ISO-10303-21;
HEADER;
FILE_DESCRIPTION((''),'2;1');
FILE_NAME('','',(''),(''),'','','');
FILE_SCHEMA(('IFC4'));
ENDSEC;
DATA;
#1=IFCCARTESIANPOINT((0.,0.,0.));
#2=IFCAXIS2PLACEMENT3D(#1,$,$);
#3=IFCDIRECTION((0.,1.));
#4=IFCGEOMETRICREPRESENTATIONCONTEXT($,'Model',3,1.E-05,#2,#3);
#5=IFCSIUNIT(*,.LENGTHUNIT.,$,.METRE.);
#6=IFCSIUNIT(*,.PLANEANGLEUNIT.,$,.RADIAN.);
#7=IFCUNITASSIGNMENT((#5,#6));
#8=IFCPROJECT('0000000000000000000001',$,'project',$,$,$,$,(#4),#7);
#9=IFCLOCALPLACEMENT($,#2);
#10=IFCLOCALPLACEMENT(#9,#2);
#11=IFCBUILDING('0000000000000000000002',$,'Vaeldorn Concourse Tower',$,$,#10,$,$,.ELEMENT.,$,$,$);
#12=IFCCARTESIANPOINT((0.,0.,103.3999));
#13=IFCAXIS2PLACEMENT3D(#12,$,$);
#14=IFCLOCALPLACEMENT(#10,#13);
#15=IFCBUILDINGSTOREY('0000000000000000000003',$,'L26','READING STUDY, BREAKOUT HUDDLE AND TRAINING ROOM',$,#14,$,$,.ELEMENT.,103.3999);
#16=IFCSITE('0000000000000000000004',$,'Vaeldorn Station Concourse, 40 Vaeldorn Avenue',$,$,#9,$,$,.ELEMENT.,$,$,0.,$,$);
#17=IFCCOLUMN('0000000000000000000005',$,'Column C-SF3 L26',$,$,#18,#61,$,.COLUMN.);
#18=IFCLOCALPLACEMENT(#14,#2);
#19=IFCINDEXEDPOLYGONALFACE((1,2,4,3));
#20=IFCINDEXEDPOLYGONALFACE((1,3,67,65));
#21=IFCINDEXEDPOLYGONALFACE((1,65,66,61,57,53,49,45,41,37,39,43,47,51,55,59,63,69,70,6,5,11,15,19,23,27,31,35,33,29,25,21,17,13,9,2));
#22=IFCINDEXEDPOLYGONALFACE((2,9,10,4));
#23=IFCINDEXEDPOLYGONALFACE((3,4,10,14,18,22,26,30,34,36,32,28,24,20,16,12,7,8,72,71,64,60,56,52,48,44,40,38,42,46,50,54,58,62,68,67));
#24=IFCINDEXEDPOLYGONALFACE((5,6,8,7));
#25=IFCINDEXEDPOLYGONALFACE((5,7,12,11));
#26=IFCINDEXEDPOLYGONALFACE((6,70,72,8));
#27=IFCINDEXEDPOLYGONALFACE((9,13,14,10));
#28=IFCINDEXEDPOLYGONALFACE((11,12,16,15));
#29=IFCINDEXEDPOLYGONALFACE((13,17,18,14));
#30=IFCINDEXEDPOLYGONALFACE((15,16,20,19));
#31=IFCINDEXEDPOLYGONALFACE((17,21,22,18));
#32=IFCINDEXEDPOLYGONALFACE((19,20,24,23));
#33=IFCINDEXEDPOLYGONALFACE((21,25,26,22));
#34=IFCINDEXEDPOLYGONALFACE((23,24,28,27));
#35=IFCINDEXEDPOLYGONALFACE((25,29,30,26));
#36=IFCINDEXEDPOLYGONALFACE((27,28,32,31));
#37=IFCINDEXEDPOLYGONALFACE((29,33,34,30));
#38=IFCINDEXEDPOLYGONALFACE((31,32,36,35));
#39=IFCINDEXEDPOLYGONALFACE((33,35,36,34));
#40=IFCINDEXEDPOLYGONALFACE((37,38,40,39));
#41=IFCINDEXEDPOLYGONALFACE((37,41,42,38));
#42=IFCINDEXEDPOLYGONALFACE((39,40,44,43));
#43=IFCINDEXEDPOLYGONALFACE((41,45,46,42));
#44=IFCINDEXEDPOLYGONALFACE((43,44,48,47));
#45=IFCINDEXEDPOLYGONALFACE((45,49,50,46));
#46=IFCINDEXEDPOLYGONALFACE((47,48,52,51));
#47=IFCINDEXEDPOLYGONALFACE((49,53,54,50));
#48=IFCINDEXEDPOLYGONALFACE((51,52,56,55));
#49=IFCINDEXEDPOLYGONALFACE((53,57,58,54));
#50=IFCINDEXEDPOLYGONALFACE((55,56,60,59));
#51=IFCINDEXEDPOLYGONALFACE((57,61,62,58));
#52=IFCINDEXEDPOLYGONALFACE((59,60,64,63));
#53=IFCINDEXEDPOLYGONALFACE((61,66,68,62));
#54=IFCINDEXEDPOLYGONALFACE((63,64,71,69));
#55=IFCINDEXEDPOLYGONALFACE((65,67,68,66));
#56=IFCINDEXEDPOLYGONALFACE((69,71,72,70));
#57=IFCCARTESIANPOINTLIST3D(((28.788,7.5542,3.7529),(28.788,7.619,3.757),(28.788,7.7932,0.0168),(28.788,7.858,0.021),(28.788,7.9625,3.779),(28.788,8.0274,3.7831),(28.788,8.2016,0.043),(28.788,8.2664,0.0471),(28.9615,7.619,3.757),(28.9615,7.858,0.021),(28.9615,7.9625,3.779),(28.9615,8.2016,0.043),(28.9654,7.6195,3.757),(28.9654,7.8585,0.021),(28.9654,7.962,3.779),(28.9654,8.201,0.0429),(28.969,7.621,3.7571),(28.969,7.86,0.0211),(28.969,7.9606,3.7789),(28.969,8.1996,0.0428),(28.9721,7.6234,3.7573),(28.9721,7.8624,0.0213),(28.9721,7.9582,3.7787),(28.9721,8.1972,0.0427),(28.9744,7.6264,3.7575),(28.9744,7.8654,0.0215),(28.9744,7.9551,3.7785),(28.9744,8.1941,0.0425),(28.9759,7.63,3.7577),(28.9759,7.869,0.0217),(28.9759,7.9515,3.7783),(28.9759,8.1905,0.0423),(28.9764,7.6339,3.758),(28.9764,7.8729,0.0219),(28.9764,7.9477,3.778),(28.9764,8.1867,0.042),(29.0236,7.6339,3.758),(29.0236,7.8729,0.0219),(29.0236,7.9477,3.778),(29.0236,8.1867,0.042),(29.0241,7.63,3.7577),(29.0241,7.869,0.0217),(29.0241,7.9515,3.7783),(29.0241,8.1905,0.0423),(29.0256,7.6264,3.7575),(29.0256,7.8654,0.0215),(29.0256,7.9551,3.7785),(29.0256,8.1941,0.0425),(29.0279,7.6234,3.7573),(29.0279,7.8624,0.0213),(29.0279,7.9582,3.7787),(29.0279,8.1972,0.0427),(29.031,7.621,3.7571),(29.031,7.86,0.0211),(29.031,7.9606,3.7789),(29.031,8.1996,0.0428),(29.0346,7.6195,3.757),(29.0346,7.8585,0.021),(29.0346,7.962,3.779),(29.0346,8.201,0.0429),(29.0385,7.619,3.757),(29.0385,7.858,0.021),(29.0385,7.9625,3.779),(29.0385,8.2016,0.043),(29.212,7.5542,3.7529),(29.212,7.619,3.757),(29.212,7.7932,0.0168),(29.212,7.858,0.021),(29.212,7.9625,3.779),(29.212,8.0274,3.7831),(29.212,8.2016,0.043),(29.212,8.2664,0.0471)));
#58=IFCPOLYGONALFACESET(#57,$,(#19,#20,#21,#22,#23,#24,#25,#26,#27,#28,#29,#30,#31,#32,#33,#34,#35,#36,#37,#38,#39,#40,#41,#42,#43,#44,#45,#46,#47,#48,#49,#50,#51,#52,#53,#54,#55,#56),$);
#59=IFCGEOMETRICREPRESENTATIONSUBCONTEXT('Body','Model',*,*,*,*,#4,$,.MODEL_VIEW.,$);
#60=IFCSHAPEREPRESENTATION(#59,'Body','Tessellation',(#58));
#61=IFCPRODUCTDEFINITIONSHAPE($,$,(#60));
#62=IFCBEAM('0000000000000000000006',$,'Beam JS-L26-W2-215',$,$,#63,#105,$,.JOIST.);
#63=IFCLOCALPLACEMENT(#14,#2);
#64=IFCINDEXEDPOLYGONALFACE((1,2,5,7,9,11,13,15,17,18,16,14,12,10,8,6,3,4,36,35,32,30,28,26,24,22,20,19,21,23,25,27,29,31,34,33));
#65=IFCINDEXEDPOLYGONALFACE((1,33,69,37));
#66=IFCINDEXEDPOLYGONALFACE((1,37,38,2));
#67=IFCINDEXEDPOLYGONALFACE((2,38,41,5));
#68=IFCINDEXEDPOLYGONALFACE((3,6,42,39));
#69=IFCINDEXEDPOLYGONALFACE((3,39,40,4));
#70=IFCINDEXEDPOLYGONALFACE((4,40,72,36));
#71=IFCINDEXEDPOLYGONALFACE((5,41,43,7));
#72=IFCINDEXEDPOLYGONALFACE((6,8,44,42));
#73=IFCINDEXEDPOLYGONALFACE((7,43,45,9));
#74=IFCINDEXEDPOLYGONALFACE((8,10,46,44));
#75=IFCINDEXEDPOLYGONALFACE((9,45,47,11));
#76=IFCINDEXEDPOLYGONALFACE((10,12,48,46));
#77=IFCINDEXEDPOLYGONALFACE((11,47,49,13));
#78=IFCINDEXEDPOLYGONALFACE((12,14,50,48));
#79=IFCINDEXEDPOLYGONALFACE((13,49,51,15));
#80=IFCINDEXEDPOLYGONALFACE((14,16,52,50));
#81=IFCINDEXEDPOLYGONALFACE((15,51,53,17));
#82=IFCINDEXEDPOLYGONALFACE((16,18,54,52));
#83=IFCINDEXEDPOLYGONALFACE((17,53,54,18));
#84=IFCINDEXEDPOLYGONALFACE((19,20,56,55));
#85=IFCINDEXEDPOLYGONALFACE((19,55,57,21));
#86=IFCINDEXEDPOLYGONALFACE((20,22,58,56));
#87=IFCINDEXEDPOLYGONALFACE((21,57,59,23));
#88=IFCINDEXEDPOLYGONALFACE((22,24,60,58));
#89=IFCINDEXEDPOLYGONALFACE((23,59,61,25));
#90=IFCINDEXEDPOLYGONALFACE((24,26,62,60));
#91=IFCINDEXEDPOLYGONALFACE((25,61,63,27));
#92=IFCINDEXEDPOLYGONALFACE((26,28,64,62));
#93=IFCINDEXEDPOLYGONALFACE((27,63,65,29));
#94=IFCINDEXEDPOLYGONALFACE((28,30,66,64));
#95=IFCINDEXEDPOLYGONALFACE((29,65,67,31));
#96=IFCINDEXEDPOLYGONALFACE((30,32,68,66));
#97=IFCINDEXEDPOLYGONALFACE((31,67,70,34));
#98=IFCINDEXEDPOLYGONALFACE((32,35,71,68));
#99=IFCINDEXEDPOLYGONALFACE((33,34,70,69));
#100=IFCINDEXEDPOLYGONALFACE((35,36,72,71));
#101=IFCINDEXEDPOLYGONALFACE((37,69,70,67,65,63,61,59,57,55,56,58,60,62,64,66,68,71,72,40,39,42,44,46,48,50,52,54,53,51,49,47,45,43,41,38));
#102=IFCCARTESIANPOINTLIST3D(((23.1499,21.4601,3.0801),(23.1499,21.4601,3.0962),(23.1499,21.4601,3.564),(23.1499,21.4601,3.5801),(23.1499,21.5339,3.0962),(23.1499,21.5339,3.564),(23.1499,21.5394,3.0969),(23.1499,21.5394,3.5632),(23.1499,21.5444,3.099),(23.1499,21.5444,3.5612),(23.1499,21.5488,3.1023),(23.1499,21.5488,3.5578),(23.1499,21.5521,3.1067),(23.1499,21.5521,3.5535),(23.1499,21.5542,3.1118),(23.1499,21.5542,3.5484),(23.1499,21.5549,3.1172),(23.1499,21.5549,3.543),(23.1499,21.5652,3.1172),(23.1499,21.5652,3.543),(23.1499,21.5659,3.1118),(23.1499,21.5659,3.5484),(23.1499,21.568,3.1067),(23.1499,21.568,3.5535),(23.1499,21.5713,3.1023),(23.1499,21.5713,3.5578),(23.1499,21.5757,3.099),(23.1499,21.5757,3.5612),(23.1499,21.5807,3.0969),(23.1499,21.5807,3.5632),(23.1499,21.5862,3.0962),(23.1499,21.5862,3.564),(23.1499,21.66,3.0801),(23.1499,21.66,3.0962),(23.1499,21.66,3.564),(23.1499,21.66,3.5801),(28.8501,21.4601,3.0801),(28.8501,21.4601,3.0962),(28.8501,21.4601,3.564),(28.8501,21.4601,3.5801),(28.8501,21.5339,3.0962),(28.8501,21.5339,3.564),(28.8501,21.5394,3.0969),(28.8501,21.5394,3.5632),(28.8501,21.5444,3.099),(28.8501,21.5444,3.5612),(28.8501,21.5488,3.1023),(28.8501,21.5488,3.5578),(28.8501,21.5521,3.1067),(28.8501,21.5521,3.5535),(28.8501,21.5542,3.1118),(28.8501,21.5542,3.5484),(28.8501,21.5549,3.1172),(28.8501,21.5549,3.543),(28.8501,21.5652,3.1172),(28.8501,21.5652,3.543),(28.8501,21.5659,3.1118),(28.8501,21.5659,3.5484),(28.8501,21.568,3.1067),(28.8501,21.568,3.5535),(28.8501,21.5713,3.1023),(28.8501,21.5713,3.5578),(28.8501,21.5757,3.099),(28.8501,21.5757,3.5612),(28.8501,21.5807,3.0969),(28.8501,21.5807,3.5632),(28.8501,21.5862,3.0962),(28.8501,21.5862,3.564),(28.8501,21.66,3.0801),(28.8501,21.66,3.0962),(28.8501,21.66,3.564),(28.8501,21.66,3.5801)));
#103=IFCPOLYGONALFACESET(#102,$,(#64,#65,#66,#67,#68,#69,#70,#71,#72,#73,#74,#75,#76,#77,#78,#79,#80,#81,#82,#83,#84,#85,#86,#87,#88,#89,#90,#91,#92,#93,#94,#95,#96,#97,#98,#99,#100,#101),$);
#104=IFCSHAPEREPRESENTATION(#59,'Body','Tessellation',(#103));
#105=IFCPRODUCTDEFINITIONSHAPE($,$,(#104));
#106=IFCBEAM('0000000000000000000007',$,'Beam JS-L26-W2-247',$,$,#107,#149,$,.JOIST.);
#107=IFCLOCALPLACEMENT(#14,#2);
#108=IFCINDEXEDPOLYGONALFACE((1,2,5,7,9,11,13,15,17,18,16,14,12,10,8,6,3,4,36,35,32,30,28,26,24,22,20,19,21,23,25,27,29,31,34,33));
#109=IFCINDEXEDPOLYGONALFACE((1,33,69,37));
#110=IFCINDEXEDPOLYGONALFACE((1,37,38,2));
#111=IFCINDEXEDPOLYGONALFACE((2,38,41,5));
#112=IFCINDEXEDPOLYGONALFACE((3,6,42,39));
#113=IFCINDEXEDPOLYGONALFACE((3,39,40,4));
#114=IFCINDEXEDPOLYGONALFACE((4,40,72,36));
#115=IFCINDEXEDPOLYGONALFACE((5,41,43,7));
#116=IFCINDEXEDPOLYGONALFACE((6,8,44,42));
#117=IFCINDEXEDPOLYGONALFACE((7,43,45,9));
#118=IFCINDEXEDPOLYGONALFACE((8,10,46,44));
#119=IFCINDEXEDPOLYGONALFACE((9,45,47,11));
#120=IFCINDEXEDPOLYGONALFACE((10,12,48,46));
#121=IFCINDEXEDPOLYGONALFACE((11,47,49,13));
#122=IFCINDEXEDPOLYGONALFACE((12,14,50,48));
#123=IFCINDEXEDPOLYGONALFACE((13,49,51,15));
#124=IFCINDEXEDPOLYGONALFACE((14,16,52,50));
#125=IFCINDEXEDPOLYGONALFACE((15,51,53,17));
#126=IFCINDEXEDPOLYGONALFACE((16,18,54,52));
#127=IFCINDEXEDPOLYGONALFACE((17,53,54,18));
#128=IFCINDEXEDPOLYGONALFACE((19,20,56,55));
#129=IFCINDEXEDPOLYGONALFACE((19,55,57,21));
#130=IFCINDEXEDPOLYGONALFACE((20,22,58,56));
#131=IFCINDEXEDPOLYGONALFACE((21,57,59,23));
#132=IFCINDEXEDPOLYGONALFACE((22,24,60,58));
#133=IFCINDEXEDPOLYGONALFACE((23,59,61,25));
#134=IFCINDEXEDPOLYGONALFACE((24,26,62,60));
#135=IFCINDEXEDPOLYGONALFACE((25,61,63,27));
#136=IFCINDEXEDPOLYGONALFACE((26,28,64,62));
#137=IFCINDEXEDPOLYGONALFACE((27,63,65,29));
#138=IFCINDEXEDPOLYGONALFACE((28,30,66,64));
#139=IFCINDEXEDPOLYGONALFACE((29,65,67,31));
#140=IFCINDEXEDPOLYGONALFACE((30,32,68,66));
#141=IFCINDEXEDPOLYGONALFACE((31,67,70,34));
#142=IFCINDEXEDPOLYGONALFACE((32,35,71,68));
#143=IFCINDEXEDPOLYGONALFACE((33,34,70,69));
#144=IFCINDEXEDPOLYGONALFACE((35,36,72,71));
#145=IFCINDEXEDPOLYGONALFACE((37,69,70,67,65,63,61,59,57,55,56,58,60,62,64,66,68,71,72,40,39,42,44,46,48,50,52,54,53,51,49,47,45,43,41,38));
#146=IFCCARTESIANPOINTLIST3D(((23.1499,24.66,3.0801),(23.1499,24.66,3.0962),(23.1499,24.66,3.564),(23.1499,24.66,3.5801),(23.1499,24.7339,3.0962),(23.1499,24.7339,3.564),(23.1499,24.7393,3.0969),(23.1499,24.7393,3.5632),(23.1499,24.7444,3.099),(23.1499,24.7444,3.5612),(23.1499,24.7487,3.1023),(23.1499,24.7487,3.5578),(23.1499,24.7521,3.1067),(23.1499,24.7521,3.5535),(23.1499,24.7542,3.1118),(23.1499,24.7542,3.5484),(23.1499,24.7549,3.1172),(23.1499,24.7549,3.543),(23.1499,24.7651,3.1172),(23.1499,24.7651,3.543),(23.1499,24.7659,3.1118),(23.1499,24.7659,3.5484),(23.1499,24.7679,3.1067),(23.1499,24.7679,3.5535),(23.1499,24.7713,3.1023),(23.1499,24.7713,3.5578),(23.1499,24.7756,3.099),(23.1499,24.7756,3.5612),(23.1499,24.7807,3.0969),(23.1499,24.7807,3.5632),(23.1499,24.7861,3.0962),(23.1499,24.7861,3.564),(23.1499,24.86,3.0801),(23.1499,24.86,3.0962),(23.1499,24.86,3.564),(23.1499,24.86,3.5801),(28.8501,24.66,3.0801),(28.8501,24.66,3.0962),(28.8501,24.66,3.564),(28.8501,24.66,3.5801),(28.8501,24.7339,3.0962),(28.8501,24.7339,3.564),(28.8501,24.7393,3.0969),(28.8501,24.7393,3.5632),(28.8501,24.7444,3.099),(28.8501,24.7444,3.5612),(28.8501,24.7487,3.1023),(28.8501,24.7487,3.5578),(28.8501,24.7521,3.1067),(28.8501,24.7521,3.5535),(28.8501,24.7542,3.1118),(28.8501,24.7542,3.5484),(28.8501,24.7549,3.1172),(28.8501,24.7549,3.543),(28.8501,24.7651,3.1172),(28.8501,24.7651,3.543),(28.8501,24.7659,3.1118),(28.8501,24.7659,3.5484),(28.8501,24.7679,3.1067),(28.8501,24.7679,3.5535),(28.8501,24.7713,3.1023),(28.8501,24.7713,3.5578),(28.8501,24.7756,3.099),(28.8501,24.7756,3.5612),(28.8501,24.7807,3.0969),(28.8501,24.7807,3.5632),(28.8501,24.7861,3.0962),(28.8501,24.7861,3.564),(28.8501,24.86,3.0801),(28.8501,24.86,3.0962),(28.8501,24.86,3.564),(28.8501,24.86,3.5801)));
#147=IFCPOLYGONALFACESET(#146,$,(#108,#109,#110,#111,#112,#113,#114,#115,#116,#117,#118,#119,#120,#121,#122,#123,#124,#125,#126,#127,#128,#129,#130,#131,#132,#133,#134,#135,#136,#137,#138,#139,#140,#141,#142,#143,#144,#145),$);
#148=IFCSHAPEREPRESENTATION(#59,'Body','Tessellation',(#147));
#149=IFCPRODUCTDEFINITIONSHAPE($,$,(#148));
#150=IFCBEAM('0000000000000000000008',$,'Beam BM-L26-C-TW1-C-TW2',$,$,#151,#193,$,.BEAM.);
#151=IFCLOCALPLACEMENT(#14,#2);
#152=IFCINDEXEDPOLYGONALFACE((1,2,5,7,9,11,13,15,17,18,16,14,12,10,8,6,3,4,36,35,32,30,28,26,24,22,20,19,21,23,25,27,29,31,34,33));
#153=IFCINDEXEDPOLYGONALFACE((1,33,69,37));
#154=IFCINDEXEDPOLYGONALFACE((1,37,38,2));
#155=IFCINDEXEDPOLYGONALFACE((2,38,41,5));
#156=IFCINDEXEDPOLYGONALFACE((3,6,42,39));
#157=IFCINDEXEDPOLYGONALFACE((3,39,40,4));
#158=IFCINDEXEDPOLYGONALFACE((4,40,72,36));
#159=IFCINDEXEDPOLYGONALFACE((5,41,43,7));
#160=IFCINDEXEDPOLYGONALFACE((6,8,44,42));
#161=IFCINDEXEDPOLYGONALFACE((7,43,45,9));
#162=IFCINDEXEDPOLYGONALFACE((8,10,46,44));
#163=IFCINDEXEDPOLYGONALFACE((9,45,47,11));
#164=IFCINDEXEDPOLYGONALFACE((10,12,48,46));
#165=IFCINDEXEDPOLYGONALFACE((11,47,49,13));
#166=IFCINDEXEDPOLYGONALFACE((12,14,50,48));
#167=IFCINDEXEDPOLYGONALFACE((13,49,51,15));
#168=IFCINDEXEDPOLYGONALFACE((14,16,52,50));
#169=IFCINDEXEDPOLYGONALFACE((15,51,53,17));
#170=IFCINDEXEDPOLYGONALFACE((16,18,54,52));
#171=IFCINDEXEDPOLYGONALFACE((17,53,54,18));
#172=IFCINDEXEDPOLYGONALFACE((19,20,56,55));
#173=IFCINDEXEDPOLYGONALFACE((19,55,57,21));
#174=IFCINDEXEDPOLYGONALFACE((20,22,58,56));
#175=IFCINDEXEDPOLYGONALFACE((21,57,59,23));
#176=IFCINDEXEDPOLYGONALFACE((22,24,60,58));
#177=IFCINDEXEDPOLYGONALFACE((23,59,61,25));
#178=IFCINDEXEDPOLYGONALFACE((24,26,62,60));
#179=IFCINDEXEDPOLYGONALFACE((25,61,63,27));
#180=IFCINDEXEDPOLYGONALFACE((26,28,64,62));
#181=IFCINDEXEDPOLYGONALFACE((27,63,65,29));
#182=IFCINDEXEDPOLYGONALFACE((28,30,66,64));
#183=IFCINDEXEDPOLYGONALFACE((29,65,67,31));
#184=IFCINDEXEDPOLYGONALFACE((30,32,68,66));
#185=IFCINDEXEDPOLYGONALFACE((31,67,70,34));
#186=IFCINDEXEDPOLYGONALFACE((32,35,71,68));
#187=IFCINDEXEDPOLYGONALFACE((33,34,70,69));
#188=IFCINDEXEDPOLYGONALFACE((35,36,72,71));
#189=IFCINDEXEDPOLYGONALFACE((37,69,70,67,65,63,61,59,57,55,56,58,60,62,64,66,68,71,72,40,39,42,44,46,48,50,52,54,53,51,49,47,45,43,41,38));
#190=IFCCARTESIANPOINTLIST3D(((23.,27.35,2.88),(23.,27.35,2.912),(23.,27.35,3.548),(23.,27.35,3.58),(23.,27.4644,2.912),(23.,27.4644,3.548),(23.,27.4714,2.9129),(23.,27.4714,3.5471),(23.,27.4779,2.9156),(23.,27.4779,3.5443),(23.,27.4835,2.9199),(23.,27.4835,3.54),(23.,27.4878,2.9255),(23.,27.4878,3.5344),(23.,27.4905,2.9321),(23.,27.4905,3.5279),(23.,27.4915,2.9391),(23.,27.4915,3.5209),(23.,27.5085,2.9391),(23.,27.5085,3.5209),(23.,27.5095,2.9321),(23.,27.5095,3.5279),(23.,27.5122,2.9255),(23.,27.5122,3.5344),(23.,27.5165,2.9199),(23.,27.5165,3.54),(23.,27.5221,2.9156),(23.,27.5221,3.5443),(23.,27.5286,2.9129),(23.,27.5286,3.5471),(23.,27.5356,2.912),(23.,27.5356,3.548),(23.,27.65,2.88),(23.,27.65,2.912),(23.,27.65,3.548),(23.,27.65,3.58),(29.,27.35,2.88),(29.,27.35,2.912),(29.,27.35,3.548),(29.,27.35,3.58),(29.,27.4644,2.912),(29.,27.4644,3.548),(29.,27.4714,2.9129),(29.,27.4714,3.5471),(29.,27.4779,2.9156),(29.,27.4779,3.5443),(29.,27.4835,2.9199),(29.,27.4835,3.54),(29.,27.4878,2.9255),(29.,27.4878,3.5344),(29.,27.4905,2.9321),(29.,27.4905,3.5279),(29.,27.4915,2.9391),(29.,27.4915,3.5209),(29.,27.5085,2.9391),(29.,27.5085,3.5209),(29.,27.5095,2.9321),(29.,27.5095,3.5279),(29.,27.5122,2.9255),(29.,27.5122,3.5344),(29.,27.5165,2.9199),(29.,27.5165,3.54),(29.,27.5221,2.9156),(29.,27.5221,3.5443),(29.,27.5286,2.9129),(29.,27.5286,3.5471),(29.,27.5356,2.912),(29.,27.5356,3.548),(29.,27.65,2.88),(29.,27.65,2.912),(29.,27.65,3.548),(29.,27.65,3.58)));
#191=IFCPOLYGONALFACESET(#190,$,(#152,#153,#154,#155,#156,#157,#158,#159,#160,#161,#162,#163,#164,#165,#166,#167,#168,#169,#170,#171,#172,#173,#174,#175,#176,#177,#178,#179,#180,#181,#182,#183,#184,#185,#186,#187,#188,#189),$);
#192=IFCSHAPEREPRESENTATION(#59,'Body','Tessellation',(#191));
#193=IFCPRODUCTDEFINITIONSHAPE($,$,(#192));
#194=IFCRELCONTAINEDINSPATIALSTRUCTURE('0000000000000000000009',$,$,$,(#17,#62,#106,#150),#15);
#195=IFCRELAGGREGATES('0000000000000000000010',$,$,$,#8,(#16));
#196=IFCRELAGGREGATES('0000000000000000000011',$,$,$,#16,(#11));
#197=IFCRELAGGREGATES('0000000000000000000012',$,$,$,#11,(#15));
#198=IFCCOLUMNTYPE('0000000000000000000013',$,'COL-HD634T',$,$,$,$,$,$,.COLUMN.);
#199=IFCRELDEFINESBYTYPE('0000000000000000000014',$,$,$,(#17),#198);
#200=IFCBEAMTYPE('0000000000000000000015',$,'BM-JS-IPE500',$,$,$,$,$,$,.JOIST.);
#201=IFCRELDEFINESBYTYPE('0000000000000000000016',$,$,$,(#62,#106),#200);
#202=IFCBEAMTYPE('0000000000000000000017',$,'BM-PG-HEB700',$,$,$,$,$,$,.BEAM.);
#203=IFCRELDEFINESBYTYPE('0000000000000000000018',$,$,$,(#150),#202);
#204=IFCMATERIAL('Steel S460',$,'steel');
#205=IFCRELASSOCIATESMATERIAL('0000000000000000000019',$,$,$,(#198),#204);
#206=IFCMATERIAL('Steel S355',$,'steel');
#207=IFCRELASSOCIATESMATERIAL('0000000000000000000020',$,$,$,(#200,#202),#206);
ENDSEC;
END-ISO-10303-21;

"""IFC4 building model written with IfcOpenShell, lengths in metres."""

from ifc_helpers import new_model, si_unit, direction, frame, origin, origin_2d, place, context, subcontext, project, spatial, i_section, extrude, source, transform, mapped, material, material_profile, profile_set, type_object, element, save


model = new_model("IFC4")

# Units and contexts
model_context = context("Model", 3, precision=1e-05, world=origin(), true_north=direction((0.0, 1.0)))
body_context = subcontext(model_context, "Body", "Model", "MODEL_VIEW")
ifc_project = project(units=[si_unit("LENGTHUNIT", "METRE"), si_unit("PLANEANGLEUNIT", "RADIAN")], contexts=[model_context])

# Site, building, storey
site_placement = place(None, origin())
site = spatial("IfcSite", under=ifc_project, at=site_placement, Name="Vaeldorn Station Concourse, 40 Vaeldorn Avenue", CompositionType="ELEMENT", RefElevation=0.0)
building_placement = place(site_placement, origin())
building = spatial("IfcBuilding", under=site, at=building_placement, Name="Vaeldorn Concourse Tower", CompositionType="ELEMENT")
storey_placement = place(building_placement, frame((0.0, 0.0, 103.3999)))
storey = spatial("IfcBuildingStorey", under=building, at=storey_placement, Name="L26", Description="READING STUDY, BREAKOUT HUDDLE AND TRAINING ROOM", CompositionType="ELEMENT", Elevation=103.3999)

# Column
ifc_material_1 = material(Name="Steel S460", Category="steel")
ifc_material_profile_1 = material_profile(ifc_material_1, i_section(OverallWidth=0.4241, OverallDepth=0.4741, WebThickness=0.0471, FlangeThickness=0.0649, FilletRadius=0.0149, at=origin_2d()), Name="HD 400x634")
ifc_profile_set_1 = profile_set([ifc_material_profile_1], Name="Steel S460")
column_type_1 = type_object("IfcColumnType", Name="COL-HD634T", PredefinedType="COLUMN", material=ifc_profile_set_1)
shared_shape_1 = source(origin(), body_context, "Body", "SweptSolid", [
    extrude(i_section(OverallWidth=0.4241, OverallDepth=0.4741, WebThickness=0.0471, FlangeThickness=0.0649, FilletRadius=0.0149, at=origin_2d()), origin(), (0.0, 0.0, 1.0), 3.7437),
])
column_1_placement = place(storey_placement, frame((29.0, 8.0298, 0.032), z_axis=(0.0, -0.063844, 0.99796), x_axis=(1.0, 0.0, 0.0)))
element("IfcColumn", 1, at=column_1_placement, inside=storey, type_object=column_type_1, Name="Column C-SF3 L26", PredefinedType="COLUMN", context=body_context, shape_type="MappedRepresentation", body=[
    mapped(shared_shape_1, transform((0.0, 0.0, 0.0), scale=1.0)),
])

# Beams
ifc_material_2 = material(Name="Steel S355", Category="steel")
ifc_material_profile_2 = material_profile(ifc_material_2, i_section(OverallWidth=0.2, OverallDepth=0.5, WebThickness=0.0103, FlangeThickness=0.0161, FilletRadius=0.021, at=origin_2d()), Name="IPE 500")
ifc_profile_set_2 = profile_set([ifc_material_profile_2], Name="Steel S355")
beam_type_1 = type_object("IfcBeamType", Name="BM-JS-IPE500", PredefinedType="JOIST", material=ifc_profile_set_2)
shared_shape_2 = source(origin(), body_context, "Body", "SweptSolid", [
    extrude(i_section(OverallWidth=0.2, OverallDepth=0.5, WebThickness=0.0103, FlangeThickness=0.0161, FilletRadius=0.021, at=origin_2d()), origin(), (0.0, 0.0, 1.0), 5.7002),
])
for number, where, z_axis, x_axis, name in (
    (2, (23.1499, 21.5601, 3.3301), (1.0, 0.0, 0.0), (0.0, 1.0, 0.0), "Beam JS-L26-W2-215"),
    (3, (23.1499, 24.76, 3.3301), (1.0, 0.0, 0.0), (0.0, 1.0, 0.0), "Beam JS-L26-W2-247"),
):
    element("IfcBeam", number, at=place(storey_placement, frame(where, z_axis=z_axis, x_axis=x_axis)), inside=storey, type_object=beam_type_1, Name=name, PredefinedType="JOIST", context=body_context, shape_type="MappedRepresentation", body=[
        mapped(shared_shape_2, transform((0.0, 0.0, 0.0), scale=1.0)),
    ])
ifc_material_profile_3 = material_profile(ifc_material_2, i_section(OverallWidth=0.3, OverallDepth=0.7, WebThickness=0.0171, FlangeThickness=0.032, FilletRadius=0.0271, at=origin_2d()), Name="HEB 700")
ifc_profile_set_3 = profile_set([ifc_material_profile_3], Name="Steel S355")
beam_type_2 = type_object("IfcBeamType", Name="BM-PG-HEB700", PredefinedType="BEAM", material=ifc_profile_set_3)
shared_shape_3 = source(origin(), body_context, "Body", "SweptSolid", [
    extrude(i_section(OverallWidth=0.3, OverallDepth=0.7, WebThickness=0.0171, FlangeThickness=0.032, FilletRadius=0.0271, at=origin_2d()), origin(), (0.0, 0.0, 1.0), 6.0),
])
beam_1_placement = place(storey_placement, frame((23.0, 27.5, 3.23), z_axis=(1.0, 0.0, 0.0), x_axis=(0.0, 1.0, 0.0)))
element("IfcBeam", 4, at=beam_1_placement, inside=storey, type_object=beam_type_2, Name="Beam BM-L26-C-TW1-C-TW2", PredefinedType="BEAM", context=body_context, shape_type="MappedRepresentation", body=[
    mapped(shared_shape_3, transform((0.0, 0.0, 0.0), scale=1.0)),
])

save(model, "model.ifc")
